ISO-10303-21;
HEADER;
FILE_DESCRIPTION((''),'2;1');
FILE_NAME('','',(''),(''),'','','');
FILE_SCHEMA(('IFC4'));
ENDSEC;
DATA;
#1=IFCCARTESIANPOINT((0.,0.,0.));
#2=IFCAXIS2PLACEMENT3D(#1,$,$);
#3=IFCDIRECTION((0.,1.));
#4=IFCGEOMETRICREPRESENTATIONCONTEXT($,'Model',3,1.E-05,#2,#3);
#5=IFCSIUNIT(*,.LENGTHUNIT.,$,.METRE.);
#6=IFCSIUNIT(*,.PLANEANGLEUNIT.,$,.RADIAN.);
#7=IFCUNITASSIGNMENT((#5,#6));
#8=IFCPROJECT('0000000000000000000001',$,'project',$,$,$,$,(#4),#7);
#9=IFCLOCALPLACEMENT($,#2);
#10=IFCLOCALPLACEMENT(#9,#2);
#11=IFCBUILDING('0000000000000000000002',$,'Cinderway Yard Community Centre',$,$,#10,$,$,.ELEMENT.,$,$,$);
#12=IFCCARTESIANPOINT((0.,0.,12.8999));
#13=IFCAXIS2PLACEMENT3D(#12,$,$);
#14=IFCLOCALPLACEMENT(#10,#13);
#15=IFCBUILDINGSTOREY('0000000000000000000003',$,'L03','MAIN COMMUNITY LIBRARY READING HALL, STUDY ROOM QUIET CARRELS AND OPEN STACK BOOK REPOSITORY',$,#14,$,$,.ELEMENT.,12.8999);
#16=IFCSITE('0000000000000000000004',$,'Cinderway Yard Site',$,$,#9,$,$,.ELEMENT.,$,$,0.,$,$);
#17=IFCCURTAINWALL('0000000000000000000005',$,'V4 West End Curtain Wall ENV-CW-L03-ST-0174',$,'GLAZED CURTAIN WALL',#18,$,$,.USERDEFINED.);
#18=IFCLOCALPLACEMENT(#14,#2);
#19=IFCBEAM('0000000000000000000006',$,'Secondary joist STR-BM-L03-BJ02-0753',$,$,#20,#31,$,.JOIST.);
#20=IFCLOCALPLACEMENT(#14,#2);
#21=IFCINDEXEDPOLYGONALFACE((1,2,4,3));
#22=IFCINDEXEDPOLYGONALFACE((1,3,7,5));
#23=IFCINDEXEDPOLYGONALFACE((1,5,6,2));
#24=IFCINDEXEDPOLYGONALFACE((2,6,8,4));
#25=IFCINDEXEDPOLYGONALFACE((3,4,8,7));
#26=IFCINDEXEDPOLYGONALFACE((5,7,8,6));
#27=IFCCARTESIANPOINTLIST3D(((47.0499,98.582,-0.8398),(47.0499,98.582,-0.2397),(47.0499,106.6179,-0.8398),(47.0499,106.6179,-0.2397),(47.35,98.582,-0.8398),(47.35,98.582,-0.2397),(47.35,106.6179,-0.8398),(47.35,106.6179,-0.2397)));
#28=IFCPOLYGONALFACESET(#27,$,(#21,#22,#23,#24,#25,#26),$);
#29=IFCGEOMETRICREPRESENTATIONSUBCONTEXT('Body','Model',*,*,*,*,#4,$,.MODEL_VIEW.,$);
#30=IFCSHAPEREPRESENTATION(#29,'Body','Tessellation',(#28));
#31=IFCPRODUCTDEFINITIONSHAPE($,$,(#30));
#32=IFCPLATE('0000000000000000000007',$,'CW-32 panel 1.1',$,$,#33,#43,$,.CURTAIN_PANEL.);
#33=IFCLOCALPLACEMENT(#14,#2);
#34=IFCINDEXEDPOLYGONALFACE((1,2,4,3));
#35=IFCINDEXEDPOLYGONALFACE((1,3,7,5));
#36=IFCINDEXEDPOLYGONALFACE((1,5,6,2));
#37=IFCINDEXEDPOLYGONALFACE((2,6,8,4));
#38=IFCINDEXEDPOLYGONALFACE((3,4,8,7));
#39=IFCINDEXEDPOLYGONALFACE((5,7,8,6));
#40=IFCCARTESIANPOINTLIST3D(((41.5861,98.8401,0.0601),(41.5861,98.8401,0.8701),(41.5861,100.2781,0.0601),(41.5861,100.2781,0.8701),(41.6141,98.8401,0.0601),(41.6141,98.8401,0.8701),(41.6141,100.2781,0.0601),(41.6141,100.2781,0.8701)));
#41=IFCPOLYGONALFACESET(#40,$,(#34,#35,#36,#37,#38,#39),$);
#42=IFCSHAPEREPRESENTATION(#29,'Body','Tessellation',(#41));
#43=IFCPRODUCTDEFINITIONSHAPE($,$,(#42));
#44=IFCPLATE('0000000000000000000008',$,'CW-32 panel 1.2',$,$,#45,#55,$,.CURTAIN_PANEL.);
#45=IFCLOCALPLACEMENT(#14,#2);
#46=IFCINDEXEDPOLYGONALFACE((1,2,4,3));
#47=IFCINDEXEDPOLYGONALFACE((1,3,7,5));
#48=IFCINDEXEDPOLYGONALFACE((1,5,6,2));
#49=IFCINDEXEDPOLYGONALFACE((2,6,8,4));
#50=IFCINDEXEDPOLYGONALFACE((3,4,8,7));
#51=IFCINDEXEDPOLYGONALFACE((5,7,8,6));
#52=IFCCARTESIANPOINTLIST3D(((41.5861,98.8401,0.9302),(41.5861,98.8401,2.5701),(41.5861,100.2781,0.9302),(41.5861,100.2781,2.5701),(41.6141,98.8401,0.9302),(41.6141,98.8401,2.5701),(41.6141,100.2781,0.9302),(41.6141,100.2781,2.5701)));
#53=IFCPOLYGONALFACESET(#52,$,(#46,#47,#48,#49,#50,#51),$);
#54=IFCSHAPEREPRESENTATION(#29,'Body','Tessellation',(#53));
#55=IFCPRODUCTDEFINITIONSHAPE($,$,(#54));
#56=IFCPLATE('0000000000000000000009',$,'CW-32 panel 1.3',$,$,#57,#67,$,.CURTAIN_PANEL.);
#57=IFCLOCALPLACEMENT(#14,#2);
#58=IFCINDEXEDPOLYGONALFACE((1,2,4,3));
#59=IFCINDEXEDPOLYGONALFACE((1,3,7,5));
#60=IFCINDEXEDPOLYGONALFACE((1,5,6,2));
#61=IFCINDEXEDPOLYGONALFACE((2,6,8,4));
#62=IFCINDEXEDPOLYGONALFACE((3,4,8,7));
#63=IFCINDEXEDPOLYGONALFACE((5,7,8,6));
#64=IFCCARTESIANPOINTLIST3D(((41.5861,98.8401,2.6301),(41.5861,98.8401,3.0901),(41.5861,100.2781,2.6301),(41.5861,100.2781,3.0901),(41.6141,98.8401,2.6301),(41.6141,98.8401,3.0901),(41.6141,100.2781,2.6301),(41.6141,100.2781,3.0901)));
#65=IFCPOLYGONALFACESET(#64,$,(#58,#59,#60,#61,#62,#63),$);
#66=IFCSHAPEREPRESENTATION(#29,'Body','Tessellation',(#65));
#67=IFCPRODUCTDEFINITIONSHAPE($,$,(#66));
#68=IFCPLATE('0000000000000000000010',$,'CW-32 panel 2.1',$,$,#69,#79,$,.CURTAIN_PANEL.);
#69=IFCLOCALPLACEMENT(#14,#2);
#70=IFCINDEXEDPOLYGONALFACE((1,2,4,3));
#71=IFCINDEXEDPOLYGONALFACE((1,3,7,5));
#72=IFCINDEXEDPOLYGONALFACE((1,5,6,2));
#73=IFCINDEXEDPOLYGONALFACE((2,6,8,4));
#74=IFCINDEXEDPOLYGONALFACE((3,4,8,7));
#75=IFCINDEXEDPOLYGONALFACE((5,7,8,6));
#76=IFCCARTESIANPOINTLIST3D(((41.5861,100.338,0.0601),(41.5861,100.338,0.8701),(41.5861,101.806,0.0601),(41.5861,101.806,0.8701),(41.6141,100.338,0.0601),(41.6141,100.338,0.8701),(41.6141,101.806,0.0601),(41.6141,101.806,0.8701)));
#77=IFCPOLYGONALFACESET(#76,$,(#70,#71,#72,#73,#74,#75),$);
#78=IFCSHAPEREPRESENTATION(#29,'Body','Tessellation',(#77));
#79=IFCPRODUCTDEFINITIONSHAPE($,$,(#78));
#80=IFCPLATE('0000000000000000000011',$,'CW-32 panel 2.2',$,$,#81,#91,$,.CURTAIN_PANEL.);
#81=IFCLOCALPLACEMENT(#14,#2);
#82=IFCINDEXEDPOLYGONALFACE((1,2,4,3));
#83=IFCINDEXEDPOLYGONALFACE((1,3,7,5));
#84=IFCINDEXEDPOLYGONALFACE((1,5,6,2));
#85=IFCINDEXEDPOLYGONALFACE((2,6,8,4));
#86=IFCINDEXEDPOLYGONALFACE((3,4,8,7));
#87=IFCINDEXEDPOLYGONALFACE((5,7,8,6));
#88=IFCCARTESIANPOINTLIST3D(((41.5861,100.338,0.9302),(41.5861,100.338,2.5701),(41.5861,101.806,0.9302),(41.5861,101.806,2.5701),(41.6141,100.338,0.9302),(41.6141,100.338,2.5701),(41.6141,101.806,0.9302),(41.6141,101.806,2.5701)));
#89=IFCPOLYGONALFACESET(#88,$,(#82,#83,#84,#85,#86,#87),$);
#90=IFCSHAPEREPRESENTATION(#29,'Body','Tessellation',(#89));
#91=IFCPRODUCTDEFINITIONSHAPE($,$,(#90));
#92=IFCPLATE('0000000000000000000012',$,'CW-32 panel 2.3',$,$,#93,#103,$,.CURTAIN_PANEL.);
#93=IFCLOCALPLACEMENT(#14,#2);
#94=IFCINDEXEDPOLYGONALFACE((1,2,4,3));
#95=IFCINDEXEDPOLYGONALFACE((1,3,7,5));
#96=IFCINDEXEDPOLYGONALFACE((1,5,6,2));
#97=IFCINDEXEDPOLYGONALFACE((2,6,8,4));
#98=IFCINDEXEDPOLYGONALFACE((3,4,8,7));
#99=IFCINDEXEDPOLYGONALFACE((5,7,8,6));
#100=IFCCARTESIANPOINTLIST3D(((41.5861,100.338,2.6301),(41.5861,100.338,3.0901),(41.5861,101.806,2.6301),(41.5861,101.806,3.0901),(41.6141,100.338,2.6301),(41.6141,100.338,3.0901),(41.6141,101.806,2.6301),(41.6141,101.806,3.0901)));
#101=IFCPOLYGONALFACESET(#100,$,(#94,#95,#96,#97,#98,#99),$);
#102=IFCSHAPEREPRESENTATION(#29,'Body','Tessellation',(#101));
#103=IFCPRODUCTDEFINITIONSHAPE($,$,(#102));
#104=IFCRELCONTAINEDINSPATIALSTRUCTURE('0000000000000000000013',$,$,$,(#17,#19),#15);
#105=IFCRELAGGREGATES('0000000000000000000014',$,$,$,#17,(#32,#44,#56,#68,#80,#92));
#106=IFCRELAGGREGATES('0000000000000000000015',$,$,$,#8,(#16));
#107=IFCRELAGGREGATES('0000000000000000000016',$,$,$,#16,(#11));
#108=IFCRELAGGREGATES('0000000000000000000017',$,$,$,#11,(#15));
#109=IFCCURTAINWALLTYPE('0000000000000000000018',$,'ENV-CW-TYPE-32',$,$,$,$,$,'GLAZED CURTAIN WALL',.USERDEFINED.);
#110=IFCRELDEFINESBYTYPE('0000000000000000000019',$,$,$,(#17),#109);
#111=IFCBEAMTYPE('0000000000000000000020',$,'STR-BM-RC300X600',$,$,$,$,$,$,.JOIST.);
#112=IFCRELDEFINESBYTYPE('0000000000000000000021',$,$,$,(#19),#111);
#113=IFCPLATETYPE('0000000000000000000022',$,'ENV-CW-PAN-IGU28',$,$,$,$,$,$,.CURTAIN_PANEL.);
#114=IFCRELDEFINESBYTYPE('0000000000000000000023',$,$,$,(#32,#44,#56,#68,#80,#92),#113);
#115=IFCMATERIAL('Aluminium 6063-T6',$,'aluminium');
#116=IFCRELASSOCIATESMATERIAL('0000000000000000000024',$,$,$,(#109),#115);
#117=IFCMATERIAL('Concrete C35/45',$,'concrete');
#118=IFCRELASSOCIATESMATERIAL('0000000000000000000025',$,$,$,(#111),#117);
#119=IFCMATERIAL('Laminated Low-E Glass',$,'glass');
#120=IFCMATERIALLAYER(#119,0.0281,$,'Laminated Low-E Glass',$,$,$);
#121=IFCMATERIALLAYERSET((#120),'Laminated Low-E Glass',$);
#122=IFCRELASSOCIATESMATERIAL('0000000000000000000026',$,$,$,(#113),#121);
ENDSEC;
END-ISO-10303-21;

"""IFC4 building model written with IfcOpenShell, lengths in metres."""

from ifc_helpers import new_model, si_unit, direction, frame, origin, origin_2d, place, context, subcontext, project, spatial, rectangle, extrude, material, layer, layer_set, material_profile, profile_set, type_object, element, aggregate, save


model = new_model("IFC4")

# Units and contexts
model_context = context("Model", 3, precision=1e-05, world=origin(), true_north=direction((0.0, 1.0)))
body_context = subcontext(model_context, "Body", "Model", "MODEL_VIEW")
ifc_project = project(units=[si_unit("LENGTHUNIT", "METRE"), si_unit("PLANEANGLEUNIT", "RADIAN")], contexts=[model_context])

# Site, building, storey
site_placement = place(None, origin())
site = spatial("IfcSite", under=ifc_project, at=site_placement, Name="Cinderway Yard Site", CompositionType="ELEMENT", RefElevation=0.0)
building_placement = place(site_placement, origin())
building = spatial("IfcBuilding", under=site, at=building_placement, Name="Cinderway Yard Community Centre", CompositionType="ELEMENT")
storey_placement = place(building_placement, frame((0.0, 0.0, 12.8999)))
storey = spatial("IfcBuildingStorey", under=building, at=storey_placement, Name="L03", Description="MAIN COMMUNITY LIBRARY READING HALL, STUDY ROOM QUIET CARRELS AND OPEN STACK BOOK REPOSITORY", CompositionType="ELEMENT", Elevation=12.8999)

# Curtain wall
ifc_material_1 = material(Name="Aluminium 6063-T6", Category="aluminium")
curtain_wall_type = type_object("IfcCurtainWallType", Name="ENV-CW-TYPE-32", ElementType="GLAZED CURTAIN WALL", PredefinedType="USERDEFINED", material=ifc_material_1)
curtain_wall_placement = place(storey_placement, origin())
curtain_wall = element("IfcCurtainWall", 1, at=curtain_wall_placement, inside=storey, type_object=curtain_wall_type, Name="V4 West End Curtain Wall ENV-CW-L03-ST-0174", ObjectType="GLAZED CURTAIN WALL", PredefinedType="USERDEFINED")

# Beam
ifc_material_2 = material(Name="Concrete C35/45", Category="concrete")
ifc_material_profile_1 = material_profile(ifc_material_2, rectangle(XDim=0.3, YDim=0.6001, at=origin_2d()), Name="Concrete C35/45")
ifc_profile_set_1 = profile_set([ifc_material_profile_1], Name="Concrete C35/45")
beam_type = type_object("IfcBeamType", Name="STR-BM-RC300X600", PredefinedType="JOIST", material=ifc_profile_set_1)
for number, where, z_axis, x_axis, name in (
    (2, (47.2, 98.582, -0.5398), (0.0, 1.0, 0.0), (-1.0, 0.0, 0.0), "Secondary joist STR-BM-L03-BJ02-0753"),
):
    element("IfcBeam", number, at=place(storey_placement, frame(where, z_axis=z_axis, x_axis=x_axis)), inside=storey, type_object=beam_type, Name=name, PredefinedType="JOIST", context=body_context, shape_type="SweptSolid", body=[
        extrude(rectangle(XDim=0.3, YDim=0.6001, at=origin_2d()), origin(), (0.0, 0.0, 1.0), 8.0359),
    ])

# Plates
ifc_material_3 = material(Name="Laminated Low-E Glass", Category="glass")
ifc_layer = layer(ifc_material_3, 0.0281, Name="Laminated Low-E Glass")
ifc_layer_set = layer_set([ifc_layer], Name="Laminated Low-E Glass")
plate_type = type_object("IfcPlateType", Name="ENV-CW-PAN-IGU28", PredefinedType="CURTAIN_PANEL", material=ifc_layer_set)
plate_1_placement = place(storey_placement, frame((41.6001, 99.5591, 0.0601), z_axis=(0.0, 0.0, 1.0), x_axis=(0.0, 1.0, 0.0)))
plate_1 = element("IfcPlate", 3, at=plate_1_placement, type_object=plate_type, Name="CW-32 panel 1.1", PredefinedType="CURTAIN_PANEL", context=body_context, shape_type="SweptSolid", body=[
    extrude(rectangle(XDim=1.438, YDim=0.0281, at=origin_2d()), origin(), (0.0, 0.0, 1.0), 0.8101),
])
plate_2_placement = place(storey_placement, frame((41.6001, 99.5591, 0.9302), z_axis=(0.0, 0.0, 1.0), x_axis=(0.0, 1.0, 0.0)))
plate_2 = element("IfcPlate", 4, at=plate_2_placement, type_object=plate_type, Name="CW-32 panel 1.2", PredefinedType="CURTAIN_PANEL", context=body_context, shape_type="SweptSolid", body=[
    extrude(rectangle(XDim=1.438, YDim=0.0281, at=origin_2d()), origin(), (0.0, 0.0, 1.0), 1.6399),
])
plate_3_placement = place(storey_placement, frame((41.6001, 99.5591, 2.6301), z_axis=(0.0, 0.0, 1.0), x_axis=(0.0, 1.0, 0.0)))
plate_3 = element("IfcPlate", 5, at=plate_3_placement, type_object=plate_type, Name="CW-32 panel 1.3", PredefinedType="CURTAIN_PANEL", context=body_context, shape_type="SweptSolid", body=[
    extrude(rectangle(XDim=1.438, YDim=0.0281, at=origin_2d()), origin(), (0.0, 0.0, 1.0), 0.46),
])
plate_4_placement = place(storey_placement, frame((41.6001, 101.072, 0.0601), z_axis=(0.0, 0.0, 1.0), x_axis=(0.0, 1.0, 0.0)))
plate_4 = element("IfcPlate", 6, at=plate_4_placement, type_object=plate_type, Name="CW-32 panel 2.1", PredefinedType="CURTAIN_PANEL", context=body_context, shape_type="SweptSolid", body=[
    extrude(rectangle(XDim=1.468, YDim=0.0281, at=origin_2d()), origin(), (0.0, 0.0, 1.0), 0.8101),
])
plate_5_placement = place(storey_placement, frame((41.6001, 101.072, 0.9302), z_axis=(0.0, 0.0, 1.0), x_axis=(0.0, 1.0, 0.0)))
plate_5 = element("IfcPlate", 7, at=plate_5_placement, type_object=plate_type, Name="CW-32 panel 2.2", PredefinedType="CURTAIN_PANEL", context=body_context, shape_type="SweptSolid", body=[
    extrude(rectangle(XDim=1.468, YDim=0.0281, at=origin_2d()), origin(), (0.0, 0.0, 1.0), 1.6399),
])
plate_6_placement = place(storey_placement, frame((41.6001, 101.072, 2.6301), z_axis=(0.0, 0.0, 1.0), x_axis=(0.0, 1.0, 0.0)))
plate_6 = element("IfcPlate", 8, at=plate_6_placement, type_object=plate_type, Name="CW-32 panel 2.3", PredefinedType="CURTAIN_PANEL", context=body_context, shape_type="SweptSolid", body=[
    extrude(rectangle(XDim=1.468, YDim=0.0281, at=origin_2d()), origin(), (0.0, 0.0, 1.0), 0.46),
])
aggregate(curtain_wall, [plate_1, plate_2, plate_3, plate_4, plate_5, plate_6])

save(model, "model.ifc")
